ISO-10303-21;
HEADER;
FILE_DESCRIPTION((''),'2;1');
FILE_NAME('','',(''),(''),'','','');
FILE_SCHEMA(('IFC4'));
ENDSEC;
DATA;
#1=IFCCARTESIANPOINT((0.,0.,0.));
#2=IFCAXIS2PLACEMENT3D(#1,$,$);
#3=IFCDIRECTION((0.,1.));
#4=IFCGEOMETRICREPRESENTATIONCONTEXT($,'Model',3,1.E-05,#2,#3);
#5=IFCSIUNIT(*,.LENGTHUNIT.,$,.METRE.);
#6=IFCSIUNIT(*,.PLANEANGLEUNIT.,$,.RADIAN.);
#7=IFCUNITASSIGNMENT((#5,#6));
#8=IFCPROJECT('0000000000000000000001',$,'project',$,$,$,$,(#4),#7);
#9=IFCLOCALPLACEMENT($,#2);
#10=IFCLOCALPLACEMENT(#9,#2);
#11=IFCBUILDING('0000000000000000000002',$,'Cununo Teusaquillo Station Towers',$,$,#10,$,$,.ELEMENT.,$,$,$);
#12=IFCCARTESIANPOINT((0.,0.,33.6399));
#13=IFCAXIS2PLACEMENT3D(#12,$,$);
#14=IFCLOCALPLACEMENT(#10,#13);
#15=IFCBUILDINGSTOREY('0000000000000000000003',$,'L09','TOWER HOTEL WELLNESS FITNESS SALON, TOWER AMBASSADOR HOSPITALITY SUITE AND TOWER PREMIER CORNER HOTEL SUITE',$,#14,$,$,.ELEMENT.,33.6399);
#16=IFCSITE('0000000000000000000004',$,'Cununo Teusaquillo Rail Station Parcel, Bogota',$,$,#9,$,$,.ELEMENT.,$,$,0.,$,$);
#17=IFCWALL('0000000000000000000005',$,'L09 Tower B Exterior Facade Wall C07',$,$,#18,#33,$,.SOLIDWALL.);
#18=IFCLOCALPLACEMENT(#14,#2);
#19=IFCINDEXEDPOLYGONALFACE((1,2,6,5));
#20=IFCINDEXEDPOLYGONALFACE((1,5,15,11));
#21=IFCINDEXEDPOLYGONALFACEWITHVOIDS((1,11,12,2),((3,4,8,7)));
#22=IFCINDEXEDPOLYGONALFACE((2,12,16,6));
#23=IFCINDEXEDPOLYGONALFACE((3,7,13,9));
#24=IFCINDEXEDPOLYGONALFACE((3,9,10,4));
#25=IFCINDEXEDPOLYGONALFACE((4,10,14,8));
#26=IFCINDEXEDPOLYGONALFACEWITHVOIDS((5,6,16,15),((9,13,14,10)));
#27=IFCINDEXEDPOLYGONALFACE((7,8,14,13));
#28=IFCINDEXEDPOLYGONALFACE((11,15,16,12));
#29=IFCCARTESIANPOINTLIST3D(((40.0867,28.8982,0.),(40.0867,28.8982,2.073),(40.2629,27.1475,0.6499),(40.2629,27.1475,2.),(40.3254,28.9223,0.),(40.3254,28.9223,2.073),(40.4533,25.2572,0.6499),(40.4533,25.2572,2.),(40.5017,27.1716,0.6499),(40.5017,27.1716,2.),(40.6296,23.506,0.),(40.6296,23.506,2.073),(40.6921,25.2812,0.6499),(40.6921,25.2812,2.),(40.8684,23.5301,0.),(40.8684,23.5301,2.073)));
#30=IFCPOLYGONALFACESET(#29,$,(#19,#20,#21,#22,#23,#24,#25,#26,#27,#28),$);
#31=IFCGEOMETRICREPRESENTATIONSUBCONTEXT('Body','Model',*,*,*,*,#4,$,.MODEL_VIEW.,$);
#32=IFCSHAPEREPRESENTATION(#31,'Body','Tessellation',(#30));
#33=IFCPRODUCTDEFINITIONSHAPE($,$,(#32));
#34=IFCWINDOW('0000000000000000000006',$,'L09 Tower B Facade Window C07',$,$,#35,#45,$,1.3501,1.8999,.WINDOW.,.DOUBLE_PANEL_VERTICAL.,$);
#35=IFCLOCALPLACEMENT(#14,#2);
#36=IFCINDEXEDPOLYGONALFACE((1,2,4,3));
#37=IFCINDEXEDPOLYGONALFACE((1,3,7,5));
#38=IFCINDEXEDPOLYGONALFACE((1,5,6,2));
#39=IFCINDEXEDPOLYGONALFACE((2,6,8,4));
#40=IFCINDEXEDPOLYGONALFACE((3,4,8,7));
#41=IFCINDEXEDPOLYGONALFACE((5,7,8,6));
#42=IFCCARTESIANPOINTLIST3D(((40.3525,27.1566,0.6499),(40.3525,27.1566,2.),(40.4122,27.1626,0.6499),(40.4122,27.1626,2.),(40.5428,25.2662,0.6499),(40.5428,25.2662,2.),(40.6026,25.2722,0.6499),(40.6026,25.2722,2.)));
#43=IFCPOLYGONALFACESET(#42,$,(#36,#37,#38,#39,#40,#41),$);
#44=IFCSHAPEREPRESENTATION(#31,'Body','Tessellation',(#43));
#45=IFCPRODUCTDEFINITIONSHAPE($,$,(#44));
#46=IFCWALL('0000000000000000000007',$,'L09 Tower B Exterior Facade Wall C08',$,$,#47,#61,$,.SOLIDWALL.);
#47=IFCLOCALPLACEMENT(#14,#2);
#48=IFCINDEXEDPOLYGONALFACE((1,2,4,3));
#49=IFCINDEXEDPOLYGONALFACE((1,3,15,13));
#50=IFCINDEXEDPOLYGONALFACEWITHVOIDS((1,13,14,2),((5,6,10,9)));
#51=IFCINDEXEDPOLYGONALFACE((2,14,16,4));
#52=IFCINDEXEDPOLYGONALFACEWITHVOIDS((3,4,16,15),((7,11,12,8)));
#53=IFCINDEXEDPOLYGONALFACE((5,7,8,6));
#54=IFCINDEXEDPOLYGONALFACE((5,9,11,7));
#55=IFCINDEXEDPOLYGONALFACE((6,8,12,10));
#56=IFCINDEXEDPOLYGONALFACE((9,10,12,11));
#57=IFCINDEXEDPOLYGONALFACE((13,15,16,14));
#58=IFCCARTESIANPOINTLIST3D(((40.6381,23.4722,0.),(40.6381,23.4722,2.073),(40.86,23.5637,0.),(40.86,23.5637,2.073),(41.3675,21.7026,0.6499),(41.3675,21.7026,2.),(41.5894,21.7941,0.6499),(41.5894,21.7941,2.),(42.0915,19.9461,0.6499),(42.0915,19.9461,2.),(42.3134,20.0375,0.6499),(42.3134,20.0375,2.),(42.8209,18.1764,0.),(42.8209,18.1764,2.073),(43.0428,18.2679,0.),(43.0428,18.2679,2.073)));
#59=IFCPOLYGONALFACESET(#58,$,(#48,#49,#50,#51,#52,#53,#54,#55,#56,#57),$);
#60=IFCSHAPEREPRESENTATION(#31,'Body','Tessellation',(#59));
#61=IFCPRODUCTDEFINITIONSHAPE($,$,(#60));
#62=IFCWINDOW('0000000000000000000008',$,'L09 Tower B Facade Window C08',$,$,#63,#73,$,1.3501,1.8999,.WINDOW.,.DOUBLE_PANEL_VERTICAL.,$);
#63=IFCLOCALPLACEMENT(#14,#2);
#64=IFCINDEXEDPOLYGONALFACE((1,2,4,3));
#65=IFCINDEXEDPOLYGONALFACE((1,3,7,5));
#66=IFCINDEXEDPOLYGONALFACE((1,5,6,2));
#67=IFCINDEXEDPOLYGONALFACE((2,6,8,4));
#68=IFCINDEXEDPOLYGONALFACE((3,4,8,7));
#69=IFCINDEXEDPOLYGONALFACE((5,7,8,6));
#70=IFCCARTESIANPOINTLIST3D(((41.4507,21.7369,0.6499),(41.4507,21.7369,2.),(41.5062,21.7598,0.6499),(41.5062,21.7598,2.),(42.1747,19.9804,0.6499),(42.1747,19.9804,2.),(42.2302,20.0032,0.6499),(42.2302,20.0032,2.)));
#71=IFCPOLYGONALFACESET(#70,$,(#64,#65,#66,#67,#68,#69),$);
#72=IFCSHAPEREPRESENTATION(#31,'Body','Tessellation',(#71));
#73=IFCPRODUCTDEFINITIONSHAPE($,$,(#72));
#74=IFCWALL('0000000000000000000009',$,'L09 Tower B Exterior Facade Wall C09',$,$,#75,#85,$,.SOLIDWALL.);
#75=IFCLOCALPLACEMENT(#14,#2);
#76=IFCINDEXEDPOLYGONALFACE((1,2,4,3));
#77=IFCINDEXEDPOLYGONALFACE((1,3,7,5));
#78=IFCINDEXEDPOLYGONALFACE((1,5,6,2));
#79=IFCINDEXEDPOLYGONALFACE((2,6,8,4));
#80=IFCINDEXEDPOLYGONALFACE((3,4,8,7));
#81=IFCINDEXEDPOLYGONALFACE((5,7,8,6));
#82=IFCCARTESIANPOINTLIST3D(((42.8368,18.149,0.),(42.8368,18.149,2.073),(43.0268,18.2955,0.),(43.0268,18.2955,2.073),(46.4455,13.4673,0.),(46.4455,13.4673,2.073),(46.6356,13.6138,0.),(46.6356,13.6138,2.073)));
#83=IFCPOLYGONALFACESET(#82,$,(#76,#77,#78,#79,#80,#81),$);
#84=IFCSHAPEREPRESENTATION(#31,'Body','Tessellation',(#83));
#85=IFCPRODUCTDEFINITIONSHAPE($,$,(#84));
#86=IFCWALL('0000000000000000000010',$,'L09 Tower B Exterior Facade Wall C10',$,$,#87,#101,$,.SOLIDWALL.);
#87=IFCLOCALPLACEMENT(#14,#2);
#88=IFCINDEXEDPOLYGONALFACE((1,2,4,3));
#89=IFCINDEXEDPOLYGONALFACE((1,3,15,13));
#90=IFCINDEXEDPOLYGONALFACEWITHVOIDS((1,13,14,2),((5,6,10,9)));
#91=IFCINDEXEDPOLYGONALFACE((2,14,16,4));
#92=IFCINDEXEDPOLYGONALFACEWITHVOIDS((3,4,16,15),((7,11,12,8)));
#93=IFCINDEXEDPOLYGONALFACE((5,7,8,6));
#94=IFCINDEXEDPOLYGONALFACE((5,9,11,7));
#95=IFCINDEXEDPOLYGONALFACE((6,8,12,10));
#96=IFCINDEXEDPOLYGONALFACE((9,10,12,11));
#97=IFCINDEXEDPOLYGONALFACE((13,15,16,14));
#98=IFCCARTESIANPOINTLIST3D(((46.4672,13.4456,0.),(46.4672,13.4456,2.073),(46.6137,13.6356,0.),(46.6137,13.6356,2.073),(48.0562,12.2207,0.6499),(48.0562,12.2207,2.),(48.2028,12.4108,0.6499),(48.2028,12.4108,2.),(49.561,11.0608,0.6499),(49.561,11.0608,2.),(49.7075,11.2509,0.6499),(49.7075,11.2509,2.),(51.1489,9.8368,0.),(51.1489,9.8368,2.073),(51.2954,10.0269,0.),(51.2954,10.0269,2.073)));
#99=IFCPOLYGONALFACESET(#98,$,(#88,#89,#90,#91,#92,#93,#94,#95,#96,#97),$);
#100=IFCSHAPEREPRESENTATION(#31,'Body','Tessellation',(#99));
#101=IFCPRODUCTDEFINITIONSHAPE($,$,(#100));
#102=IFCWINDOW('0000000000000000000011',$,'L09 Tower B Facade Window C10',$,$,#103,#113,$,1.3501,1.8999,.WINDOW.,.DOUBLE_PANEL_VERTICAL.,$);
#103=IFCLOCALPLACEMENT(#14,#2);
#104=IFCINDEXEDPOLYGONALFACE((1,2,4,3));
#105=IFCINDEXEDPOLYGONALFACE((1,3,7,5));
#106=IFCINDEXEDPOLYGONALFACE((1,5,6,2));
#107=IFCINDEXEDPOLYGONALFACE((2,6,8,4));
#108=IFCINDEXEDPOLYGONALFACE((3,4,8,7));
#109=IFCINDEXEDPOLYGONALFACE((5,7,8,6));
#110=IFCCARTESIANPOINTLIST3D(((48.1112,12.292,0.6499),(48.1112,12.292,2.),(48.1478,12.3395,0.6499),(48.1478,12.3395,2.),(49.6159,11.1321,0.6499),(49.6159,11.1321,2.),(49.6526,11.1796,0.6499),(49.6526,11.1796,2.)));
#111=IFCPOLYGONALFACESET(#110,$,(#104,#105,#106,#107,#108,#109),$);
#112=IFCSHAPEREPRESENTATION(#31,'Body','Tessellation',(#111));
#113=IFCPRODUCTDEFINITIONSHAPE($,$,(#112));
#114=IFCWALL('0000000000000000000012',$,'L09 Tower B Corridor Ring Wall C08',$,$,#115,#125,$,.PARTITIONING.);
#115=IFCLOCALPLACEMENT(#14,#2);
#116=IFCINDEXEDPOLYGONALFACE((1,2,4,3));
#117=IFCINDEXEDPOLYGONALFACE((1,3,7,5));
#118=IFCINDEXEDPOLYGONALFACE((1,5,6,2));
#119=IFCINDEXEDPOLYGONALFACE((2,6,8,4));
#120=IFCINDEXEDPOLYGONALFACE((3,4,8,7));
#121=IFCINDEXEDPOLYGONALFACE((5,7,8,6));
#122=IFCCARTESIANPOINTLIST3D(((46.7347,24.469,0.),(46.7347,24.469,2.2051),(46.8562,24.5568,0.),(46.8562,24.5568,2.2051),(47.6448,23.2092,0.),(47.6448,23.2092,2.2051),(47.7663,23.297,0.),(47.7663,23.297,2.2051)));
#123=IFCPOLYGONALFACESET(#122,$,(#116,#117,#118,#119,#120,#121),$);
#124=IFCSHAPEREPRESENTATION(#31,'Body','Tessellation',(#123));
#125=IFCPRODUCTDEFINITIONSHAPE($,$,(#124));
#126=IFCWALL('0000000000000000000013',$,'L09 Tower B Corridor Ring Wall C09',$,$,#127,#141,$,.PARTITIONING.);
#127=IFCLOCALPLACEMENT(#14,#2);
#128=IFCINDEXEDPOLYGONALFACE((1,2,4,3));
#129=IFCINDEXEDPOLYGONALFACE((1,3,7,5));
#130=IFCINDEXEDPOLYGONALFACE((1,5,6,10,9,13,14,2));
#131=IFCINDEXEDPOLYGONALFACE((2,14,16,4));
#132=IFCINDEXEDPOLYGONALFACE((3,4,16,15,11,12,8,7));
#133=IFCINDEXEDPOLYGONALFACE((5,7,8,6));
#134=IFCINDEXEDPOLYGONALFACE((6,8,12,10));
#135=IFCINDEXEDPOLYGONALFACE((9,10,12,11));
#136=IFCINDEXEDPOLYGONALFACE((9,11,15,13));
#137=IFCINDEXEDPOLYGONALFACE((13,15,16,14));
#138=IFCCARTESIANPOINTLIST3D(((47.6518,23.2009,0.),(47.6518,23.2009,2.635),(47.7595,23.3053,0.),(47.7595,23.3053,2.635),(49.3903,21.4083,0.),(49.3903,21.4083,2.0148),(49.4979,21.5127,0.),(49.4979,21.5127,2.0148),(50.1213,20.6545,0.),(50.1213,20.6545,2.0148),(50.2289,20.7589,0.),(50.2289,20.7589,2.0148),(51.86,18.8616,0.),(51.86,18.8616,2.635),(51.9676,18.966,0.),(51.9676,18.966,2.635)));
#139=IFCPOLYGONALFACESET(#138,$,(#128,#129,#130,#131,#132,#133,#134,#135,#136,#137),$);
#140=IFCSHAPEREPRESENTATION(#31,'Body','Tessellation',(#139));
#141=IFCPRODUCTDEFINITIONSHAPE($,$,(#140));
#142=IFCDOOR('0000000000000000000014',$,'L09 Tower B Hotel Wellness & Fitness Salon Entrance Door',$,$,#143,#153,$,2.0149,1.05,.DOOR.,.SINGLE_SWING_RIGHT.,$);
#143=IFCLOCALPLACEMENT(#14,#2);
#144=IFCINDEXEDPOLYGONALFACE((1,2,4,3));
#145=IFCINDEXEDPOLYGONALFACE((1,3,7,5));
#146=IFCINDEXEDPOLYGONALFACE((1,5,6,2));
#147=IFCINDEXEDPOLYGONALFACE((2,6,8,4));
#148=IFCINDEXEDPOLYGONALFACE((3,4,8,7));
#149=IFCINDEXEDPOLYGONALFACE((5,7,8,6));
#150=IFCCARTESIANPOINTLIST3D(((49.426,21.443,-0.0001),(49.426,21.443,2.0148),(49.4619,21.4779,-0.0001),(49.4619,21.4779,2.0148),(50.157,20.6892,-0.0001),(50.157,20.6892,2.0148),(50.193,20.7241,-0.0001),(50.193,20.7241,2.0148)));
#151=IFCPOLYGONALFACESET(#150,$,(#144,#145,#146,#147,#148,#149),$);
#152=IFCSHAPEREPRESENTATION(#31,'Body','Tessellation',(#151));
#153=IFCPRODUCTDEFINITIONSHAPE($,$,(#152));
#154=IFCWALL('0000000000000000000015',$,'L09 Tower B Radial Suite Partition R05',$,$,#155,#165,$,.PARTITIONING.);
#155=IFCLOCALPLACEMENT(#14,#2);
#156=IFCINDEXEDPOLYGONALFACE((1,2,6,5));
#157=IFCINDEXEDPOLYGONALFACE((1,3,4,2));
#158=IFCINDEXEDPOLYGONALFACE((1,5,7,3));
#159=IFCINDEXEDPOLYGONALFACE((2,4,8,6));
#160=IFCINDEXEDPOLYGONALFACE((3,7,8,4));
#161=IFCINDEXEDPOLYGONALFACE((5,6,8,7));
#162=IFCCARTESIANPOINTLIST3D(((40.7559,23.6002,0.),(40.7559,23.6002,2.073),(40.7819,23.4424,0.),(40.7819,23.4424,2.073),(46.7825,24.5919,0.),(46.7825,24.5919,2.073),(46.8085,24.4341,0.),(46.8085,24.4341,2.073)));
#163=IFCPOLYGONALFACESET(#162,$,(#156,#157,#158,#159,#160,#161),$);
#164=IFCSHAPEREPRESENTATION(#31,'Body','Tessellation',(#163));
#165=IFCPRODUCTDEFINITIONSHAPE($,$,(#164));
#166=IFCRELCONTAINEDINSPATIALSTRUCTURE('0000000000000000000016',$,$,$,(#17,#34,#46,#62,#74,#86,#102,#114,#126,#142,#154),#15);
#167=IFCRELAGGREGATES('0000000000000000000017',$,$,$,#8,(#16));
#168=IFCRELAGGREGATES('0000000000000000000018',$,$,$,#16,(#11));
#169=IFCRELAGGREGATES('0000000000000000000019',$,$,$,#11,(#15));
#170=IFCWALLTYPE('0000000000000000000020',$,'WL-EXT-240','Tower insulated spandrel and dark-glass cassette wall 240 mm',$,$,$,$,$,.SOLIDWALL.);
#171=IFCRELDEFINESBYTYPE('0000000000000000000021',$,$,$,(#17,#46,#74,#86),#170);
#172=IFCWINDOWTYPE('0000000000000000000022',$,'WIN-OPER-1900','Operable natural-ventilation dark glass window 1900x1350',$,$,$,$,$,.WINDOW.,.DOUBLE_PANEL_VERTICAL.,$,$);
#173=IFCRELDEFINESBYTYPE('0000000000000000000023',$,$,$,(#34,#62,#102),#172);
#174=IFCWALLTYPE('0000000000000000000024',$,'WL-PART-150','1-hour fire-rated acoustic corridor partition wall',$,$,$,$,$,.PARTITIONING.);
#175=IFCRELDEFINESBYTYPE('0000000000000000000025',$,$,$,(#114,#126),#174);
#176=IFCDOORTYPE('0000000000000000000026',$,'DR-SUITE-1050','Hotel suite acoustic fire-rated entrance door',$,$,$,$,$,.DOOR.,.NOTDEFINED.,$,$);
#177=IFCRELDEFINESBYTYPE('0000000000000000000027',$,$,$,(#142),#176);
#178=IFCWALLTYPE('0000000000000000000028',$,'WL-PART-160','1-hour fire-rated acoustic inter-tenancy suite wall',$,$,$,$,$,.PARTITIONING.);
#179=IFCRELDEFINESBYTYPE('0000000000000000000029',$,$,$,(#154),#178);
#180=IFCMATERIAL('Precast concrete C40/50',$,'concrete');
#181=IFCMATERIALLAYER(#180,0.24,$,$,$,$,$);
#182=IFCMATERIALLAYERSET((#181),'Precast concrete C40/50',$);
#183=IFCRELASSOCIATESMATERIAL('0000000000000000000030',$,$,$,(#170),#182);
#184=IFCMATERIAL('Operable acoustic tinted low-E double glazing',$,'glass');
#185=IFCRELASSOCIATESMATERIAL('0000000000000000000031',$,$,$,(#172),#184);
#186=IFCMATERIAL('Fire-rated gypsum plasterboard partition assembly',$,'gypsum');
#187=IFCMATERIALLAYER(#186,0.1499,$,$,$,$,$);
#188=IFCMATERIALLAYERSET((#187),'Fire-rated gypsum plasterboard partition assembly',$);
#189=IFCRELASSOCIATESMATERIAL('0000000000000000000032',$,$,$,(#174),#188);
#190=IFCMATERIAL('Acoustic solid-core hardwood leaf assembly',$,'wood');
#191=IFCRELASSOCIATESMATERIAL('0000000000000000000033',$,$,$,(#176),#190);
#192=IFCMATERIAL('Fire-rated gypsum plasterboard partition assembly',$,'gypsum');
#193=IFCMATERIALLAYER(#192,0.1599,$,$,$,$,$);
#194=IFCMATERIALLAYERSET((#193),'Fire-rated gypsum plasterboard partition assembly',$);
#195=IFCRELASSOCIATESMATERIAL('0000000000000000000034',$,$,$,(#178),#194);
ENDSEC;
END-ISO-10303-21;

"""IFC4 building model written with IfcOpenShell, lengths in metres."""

from ifc_helpers import new_model, si_unit, direction, frame, frame_2d, origin, place, context, subcontext, project, spatial, rectangle, extrude, source, transform, mapped, material, layer, layer_set, type_object, element, fill, save


model = new_model("IFC4")

# Units and contexts
model_context = context("Model", 3, precision=1e-05, world=origin(), true_north=direction((0.0, 1.0)))
body_context = subcontext(model_context, "Body", "Model", "MODEL_VIEW")
ifc_project = project(units=[si_unit("LENGTHUNIT", "METRE"), si_unit("PLANEANGLEUNIT", "RADIAN")], contexts=[model_context])

# Site, building, storey
site_placement = place(None, origin())
site = spatial("IfcSite", under=ifc_project, at=site_placement, Name="Cununo Teusaquillo Rail Station Parcel, Bogota", CompositionType="ELEMENT", RefElevation=0.0)
building_placement = place(site_placement, origin())
building = spatial("IfcBuilding", under=site, at=building_placement, Name="Cununo Teusaquillo Station Towers", CompositionType="ELEMENT")
storey_placement = place(building_placement, frame((0.0, 0.0, 33.6399)))
storey = spatial("IfcBuildingStorey", under=building, at=storey_placement, Name="L09", Description="TOWER HOTEL WELLNESS FITNESS SALON, TOWER AMBASSADOR HOSPITALITY SUITE AND TOWER PREMIER CORNER HOTEL SUITE", CompositionType="ELEMENT", Elevation=33.6399)

# Shared definitions
ifc_material_1 = material(Name="Precast concrete C40/50", Category="concrete")
ifc_layer_1 = layer(ifc_material_1, 0.24)
ifc_layer_set_1 = layer_set([ifc_layer_1], Name="Precast concrete C40/50")
wall_type_1 = type_object("IfcWallType", Name="WL-EXT-240", Description="Tower insulated spandrel and dark-glass cassette wall 240 mm", PredefinedType="SOLIDWALL", material=ifc_layer_set_1)

# Walls, openings, windows
shared_shape_1 = source(origin(), body_context, "Body", "SweptSolid", [
    extrude(rectangle(XDim=1.8999, YDim=1.3501, at=frame_2d((0.95, 0.675))), frame((0.0, 0.1299, 0.0), z_axis=(0.0, -1.0, 0.0), x_axis=(1.0, 0.0, 0.0)), (0.0, 0.0, 1.0), 0.26),
])
ifc_material_2 = material(Name="Operable acoustic tinted low-E double glazing", Category="glass")
window_type = type_object("IfcWindowType", Name="WIN-OPER-1900", Description="Operable natural-ventilation dark glass window 1900x1350", PartitioningType="DOUBLE_PANEL_VERTICAL", PredefinedType="WINDOW", material=ifc_material_2)
shared_shape_2 = source(origin(), body_context, "Body", "SweptSolid", [
    extrude(rectangle(XDim=1.8999, YDim=1.3501, at=frame_2d((0.95, 0.675))), frame((0.0, 0.03, 0.0), z_axis=(0.0, -1.0, 0.0), x_axis=(1.0, 0.0, 0.0)), (0.0, 0.0, 1.0), 0.0601),
])
wall_1_placement = place(storey_placement, frame((40.749, 23.5181, 0.0), z_axis=(0.0, 0.0, 1.0), x_axis=(-0.100191, 0.994968, 0.0)))
wall_1 = element("IfcWall", 1, at=wall_1_placement, inside=storey, type_object=wall_type_1, Name="L09 Tower B Exterior Facade Wall C07", PredefinedType="SOLIDWALL", context=body_context, shape_type="SweptSolid", body=[
    extrude(rectangle(XDim=5.4194, YDim=0.24, at=frame_2d((2.7097, 0.0))), origin(), (0.0, 0.0, 1.0), 2.073),
])
opening_1_placement = place(wall_1_placement, frame((1.76, 0.0, 0.6499)))
opening_1 = element("IfcOpeningElement", 2, at=opening_1_placement, cuts=wall_1, PredefinedType="OPENING", context=body_context, shape_type="MappedRepresentation", body=[
    mapped(shared_shape_1, transform((0.0, 0.0, 0.0), x_axis=(1.0, 0.0, 0.0), y_axis=(0.0, 1.0, 0.0), z_axis=(0.0, 0.0, 1.0), scale=1.0)),
])
window_1_placement = place(opening_1_placement, origin())
window_1 = element("IfcWindow", 3, at=window_1_placement, inside=storey, type_object=window_type, Name="L09 Tower B Facade Window C07", OverallHeight=1.3501, OverallWidth=1.8999, PartitioningType="DOUBLE_PANEL_VERTICAL", PredefinedType="WINDOW", context=body_context, shape_type="MappedRepresentation", body=[
    mapped(shared_shape_2, transform((0.0, 0.0, 0.0), x_axis=(1.0, 0.0, 0.0), y_axis=(0.0, 1.0, 0.0), z_axis=(0.0, 0.0, 1.0), scale=1.0)),
])
fill(opening_1, window_1)
wall_2_placement = place(storey_placement, frame((42.9319, 18.2222, 0.0), z_axis=(0.0, 0.0, 1.0), x_axis=(-0.381078, 0.924543, 0.0)))
wall_2 = element("IfcWall", 4, at=wall_2_placement, inside=storey, type_object=wall_type_1, Name="L09 Tower B Exterior Facade Wall C08", PredefinedType="SOLIDWALL", context=body_context, shape_type="SweptSolid", body=[
    extrude(rectangle(XDim=5.728, YDim=0.24, at=frame_2d((2.864, 0.0))), origin(), (0.0, 0.0, 1.0), 2.073),
])
opening_2_placement = place(wall_2_placement, frame((1.9141, 0.0, 0.6499)))
opening_2 = element("IfcOpeningElement", 5, at=opening_2_placement, cuts=wall_2, PredefinedType="OPENING", context=body_context, shape_type="MappedRepresentation", body=[
    mapped(shared_shape_1, transform((0.0, 0.0, 0.0), x_axis=(1.0, 0.0, 0.0), y_axis=(0.0, 1.0, 0.0), z_axis=(0.0, 0.0, 1.0), scale=1.0)),
])
window_2_placement = place(opening_2_placement, origin())
window_2 = element("IfcWindow", 6, at=window_2_placement, inside=storey, type_object=window_type, Name="L09 Tower B Facade Window C08", OverallHeight=1.3501, OverallWidth=1.8999, PartitioningType="DOUBLE_PANEL_VERTICAL", PredefinedType="WINDOW", context=body_context, shape_type="MappedRepresentation", body=[
    mapped(shared_shape_2, transform((0.0, 0.0, 0.0), x_axis=(1.0, 0.0, 0.0), y_axis=(0.0, 1.0, 0.0), z_axis=(0.0, 0.0, 1.0), scale=1.0)),
])
fill(opening_2, window_2)

# Wall
wall_3_placement = place(storey_placement, frame((46.5405, 13.5405, 0.0), z_axis=(0.0, 0.0, 1.0), x_axis=(-0.610495, 0.79202, 0.0)))
element("IfcWall", 7, at=wall_3_placement, inside=storey, type_object=wall_type_1, Name="L09 Tower B Exterior Facade Wall C09", PredefinedType="SOLIDWALL", context=body_context, shape_type="SweptSolid", body=[
    extrude(rectangle(XDim=5.9111, YDim=0.24, at=frame_2d((2.9556, 0.0))), origin(), (0.0, 0.0, 1.0), 2.073),
])

# Wall, opening, window
wall_4_placement = place(storey_placement, frame((51.2222, 9.9319, 0.0), z_axis=(0.0, 0.0, 1.0), x_axis=(-0.79202, 0.610495, 0.0)))
wall_4 = element("IfcWall", 8, at=wall_4_placement, inside=storey, type_object=wall_type_1, Name="L09 Tower B Exterior Facade Wall C10", PredefinedType="SOLIDWALL", context=body_context, shape_type="SweptSolid", body=[
    extrude(rectangle(XDim=5.9111, YDim=0.24, at=frame_2d((2.9556, 0.0))), origin(), (0.0, 0.0, 1.0), 2.073),
])
opening_3_placement = place(wall_4_placement, frame((2.0049, 0.0, 0.6499)))
opening_3 = element("IfcOpeningElement", 9, at=opening_3_placement, cuts=wall_4, PredefinedType="OPENING", context=body_context, shape_type="MappedRepresentation", body=[
    mapped(shared_shape_1, transform((0.0, 0.0, 0.0), x_axis=(1.0, 0.0, 0.0), y_axis=(0.0, 1.0, 0.0), z_axis=(0.0, 0.0, 1.0), scale=1.0)),
])
window_3_placement = place(opening_3_placement, origin())
window_3 = element("IfcWindow", 10, at=window_3_placement, inside=storey, type_object=window_type, Name="L09 Tower B Facade Window C10", OverallHeight=1.3501, OverallWidth=1.8999, PartitioningType="DOUBLE_PANEL_VERTICAL", PredefinedType="WINDOW", context=body_context, shape_type="MappedRepresentation", body=[
    mapped(shared_shape_2, transform((0.0, 0.0, 0.0), x_axis=(1.0, 0.0, 0.0), y_axis=(0.0, 1.0, 0.0), z_axis=(0.0, 0.0, 1.0), scale=1.0)),
])
fill(opening_3, window_3)

# Wall
ifc_material_3 = material(Name="Fire-rated gypsum plasterboard partition assembly", Category="gypsum")
ifc_layer_2 = layer(ifc_material_3, 0.1499)
ifc_layer_set_2 = layer_set([ifc_layer_2], Name="Fire-rated gypsum plasterboard partition assembly")
wall_type_2 = type_object("IfcWallType", Name="WL-PART-150", Description="1-hour fire-rated acoustic corridor partition wall", PredefinedType="PARTITIONING", material=ifc_layer_set_2)
wall_5_placement = place(storey_placement, frame((46.7954, 24.5129, 0.0), z_axis=(0.0, 0.0, 1.0), x_axis=(0.585628, -0.81058, 0.0)))
element("IfcWall", 11, at=wall_5_placement, inside=storey, type_object=wall_type_2, Name="L09 Tower B Corridor Ring Wall C08", PredefinedType="PARTITIONING", context=body_context, shape_type="SweptSolid", body=[
    extrude(rectangle(XDim=1.5542, YDim=0.1499, at=frame_2d((0.7771, 0.0))), origin(), (0.0, 0.0, 1.0), 2.2051),
])

# Wall, opening, door
wall_6_placement = place(storey_placement, frame((47.7056, 23.2532, 0.0), z_axis=(0.0, 0.0, 1.0), x_axis=(0.696179, -0.717868, 0.0)))
wall_6 = element("IfcWall", 12, at=wall_6_placement, inside=storey, type_object=wall_type_2, Name="L09 Tower B Corridor Ring Wall C09", PredefinedType="PARTITIONING", context=body_context, shape_type="SweptSolid", body=[
    extrude(rectangle(XDim=6.0447, YDim=0.1499, at=frame_2d((3.0225, 0.0))), origin(), (0.0, 0.0, 1.0), 2.635),
])
shared_shape_3 = source(origin(), body_context, "Body", "SweptSolid", [
    extrude(rectangle(XDim=1.05, YDim=2.0149, at=frame_2d((0.5249, 1.0073))), frame((0.0, 0.085, 0.0), z_axis=(0.0, -1.0, 0.0), x_axis=(1.0, 0.0, 0.0)), (0.0, 0.0, 1.0), 0.1699),
])
opening_4_placement = place(wall_6_placement, frame((2.4973, 0.0, 0.0)))
opening_4 = element("IfcOpeningElement", 13, at=opening_4_placement, cuts=wall_6, PredefinedType="OPENING", context=body_context, shape_type="MappedRepresentation", body=[
    mapped(shared_shape_3, transform((0.0, 0.0, 0.0), x_axis=(1.0, 0.0, 0.0), y_axis=(0.0, 1.0, 0.0), z_axis=(0.0, 0.0, 1.0), scale=1.0)),
])
ifc_material_4 = material(Name="Acoustic solid-core hardwood leaf assembly", Category="wood")
door_type_1 = type_object("IfcDoorType", Name="DR-SUITE-1050", Description="Hotel suite acoustic fire-rated entrance door", OperationType="NOTDEFINED", PredefinedType="DOOR", material=ifc_material_4)
shared_shape_4 = source(origin(), body_context, "Body", "SweptSolid", [
    extrude(rectangle(XDim=1.05, YDim=2.0149, at=frame_2d((0.5249, 1.0073))), frame((0.0, 0.0249, 0.0), z_axis=(0.0, -1.0, 0.0), x_axis=(1.0, 0.0, 0.0)), (0.0, 0.0, 1.0), 0.05),
])
door_1_placement = place(opening_4_placement, origin())
door_1 = element("IfcDoor", 14, at=door_1_placement, inside=storey, type_object=door_type_1, Name="L09 Tower B Hotel Wellness & Fitness Salon Entrance Door", OperationType="SINGLE_SWING_RIGHT", OverallHeight=2.0149, OverallWidth=1.05, PredefinedType="DOOR", context=body_context, shape_type="MappedRepresentation", body=[
    mapped(shared_shape_4, transform((0.0, 0.0, 0.0), x_axis=(1.0, 0.0, 0.0), y_axis=(0.0, 1.0, 0.0), z_axis=(0.0, 0.0, 1.0), scale=1.0)),
])
fill(opening_4, door_1)

# Wall
ifc_material_5 = material(Name="Fire-rated gypsum plasterboard partition assembly", Category="gypsum")
ifc_layer_3 = layer(ifc_material_5, 0.1599)
ifc_layer_set_3 = layer_set([ifc_layer_3], Name="Fire-rated gypsum plasterboard partition assembly")
wall_type_3 = type_object("IfcWallType", Name="WL-PART-160", Description="1-hour fire-rated acoustic inter-tenancy suite wall", PredefinedType="PARTITIONING", material=ifc_layer_set_3)
wall_7_placement = place(storey_placement, frame((46.7954, 24.5129, 0.0), z_axis=(0.0, 0.0, 1.0), x_axis=(-0.98673, -0.16237, 0.0)))
element("IfcWall", 15, at=wall_7_placement, inside=storey, type_object=wall_type_3, Name="L09 Tower B Radial Suite Partition R05", PredefinedType="PARTITIONING", context=body_context, shape_type="SweptSolid", body=[
    extrude(rectangle(XDim=6.1077, YDim=0.1599, at=frame_2d((3.0537, 0.0))), origin(), (0.0, 0.0, 1.0), 2.073),
])

save(model, "model.ifc")
